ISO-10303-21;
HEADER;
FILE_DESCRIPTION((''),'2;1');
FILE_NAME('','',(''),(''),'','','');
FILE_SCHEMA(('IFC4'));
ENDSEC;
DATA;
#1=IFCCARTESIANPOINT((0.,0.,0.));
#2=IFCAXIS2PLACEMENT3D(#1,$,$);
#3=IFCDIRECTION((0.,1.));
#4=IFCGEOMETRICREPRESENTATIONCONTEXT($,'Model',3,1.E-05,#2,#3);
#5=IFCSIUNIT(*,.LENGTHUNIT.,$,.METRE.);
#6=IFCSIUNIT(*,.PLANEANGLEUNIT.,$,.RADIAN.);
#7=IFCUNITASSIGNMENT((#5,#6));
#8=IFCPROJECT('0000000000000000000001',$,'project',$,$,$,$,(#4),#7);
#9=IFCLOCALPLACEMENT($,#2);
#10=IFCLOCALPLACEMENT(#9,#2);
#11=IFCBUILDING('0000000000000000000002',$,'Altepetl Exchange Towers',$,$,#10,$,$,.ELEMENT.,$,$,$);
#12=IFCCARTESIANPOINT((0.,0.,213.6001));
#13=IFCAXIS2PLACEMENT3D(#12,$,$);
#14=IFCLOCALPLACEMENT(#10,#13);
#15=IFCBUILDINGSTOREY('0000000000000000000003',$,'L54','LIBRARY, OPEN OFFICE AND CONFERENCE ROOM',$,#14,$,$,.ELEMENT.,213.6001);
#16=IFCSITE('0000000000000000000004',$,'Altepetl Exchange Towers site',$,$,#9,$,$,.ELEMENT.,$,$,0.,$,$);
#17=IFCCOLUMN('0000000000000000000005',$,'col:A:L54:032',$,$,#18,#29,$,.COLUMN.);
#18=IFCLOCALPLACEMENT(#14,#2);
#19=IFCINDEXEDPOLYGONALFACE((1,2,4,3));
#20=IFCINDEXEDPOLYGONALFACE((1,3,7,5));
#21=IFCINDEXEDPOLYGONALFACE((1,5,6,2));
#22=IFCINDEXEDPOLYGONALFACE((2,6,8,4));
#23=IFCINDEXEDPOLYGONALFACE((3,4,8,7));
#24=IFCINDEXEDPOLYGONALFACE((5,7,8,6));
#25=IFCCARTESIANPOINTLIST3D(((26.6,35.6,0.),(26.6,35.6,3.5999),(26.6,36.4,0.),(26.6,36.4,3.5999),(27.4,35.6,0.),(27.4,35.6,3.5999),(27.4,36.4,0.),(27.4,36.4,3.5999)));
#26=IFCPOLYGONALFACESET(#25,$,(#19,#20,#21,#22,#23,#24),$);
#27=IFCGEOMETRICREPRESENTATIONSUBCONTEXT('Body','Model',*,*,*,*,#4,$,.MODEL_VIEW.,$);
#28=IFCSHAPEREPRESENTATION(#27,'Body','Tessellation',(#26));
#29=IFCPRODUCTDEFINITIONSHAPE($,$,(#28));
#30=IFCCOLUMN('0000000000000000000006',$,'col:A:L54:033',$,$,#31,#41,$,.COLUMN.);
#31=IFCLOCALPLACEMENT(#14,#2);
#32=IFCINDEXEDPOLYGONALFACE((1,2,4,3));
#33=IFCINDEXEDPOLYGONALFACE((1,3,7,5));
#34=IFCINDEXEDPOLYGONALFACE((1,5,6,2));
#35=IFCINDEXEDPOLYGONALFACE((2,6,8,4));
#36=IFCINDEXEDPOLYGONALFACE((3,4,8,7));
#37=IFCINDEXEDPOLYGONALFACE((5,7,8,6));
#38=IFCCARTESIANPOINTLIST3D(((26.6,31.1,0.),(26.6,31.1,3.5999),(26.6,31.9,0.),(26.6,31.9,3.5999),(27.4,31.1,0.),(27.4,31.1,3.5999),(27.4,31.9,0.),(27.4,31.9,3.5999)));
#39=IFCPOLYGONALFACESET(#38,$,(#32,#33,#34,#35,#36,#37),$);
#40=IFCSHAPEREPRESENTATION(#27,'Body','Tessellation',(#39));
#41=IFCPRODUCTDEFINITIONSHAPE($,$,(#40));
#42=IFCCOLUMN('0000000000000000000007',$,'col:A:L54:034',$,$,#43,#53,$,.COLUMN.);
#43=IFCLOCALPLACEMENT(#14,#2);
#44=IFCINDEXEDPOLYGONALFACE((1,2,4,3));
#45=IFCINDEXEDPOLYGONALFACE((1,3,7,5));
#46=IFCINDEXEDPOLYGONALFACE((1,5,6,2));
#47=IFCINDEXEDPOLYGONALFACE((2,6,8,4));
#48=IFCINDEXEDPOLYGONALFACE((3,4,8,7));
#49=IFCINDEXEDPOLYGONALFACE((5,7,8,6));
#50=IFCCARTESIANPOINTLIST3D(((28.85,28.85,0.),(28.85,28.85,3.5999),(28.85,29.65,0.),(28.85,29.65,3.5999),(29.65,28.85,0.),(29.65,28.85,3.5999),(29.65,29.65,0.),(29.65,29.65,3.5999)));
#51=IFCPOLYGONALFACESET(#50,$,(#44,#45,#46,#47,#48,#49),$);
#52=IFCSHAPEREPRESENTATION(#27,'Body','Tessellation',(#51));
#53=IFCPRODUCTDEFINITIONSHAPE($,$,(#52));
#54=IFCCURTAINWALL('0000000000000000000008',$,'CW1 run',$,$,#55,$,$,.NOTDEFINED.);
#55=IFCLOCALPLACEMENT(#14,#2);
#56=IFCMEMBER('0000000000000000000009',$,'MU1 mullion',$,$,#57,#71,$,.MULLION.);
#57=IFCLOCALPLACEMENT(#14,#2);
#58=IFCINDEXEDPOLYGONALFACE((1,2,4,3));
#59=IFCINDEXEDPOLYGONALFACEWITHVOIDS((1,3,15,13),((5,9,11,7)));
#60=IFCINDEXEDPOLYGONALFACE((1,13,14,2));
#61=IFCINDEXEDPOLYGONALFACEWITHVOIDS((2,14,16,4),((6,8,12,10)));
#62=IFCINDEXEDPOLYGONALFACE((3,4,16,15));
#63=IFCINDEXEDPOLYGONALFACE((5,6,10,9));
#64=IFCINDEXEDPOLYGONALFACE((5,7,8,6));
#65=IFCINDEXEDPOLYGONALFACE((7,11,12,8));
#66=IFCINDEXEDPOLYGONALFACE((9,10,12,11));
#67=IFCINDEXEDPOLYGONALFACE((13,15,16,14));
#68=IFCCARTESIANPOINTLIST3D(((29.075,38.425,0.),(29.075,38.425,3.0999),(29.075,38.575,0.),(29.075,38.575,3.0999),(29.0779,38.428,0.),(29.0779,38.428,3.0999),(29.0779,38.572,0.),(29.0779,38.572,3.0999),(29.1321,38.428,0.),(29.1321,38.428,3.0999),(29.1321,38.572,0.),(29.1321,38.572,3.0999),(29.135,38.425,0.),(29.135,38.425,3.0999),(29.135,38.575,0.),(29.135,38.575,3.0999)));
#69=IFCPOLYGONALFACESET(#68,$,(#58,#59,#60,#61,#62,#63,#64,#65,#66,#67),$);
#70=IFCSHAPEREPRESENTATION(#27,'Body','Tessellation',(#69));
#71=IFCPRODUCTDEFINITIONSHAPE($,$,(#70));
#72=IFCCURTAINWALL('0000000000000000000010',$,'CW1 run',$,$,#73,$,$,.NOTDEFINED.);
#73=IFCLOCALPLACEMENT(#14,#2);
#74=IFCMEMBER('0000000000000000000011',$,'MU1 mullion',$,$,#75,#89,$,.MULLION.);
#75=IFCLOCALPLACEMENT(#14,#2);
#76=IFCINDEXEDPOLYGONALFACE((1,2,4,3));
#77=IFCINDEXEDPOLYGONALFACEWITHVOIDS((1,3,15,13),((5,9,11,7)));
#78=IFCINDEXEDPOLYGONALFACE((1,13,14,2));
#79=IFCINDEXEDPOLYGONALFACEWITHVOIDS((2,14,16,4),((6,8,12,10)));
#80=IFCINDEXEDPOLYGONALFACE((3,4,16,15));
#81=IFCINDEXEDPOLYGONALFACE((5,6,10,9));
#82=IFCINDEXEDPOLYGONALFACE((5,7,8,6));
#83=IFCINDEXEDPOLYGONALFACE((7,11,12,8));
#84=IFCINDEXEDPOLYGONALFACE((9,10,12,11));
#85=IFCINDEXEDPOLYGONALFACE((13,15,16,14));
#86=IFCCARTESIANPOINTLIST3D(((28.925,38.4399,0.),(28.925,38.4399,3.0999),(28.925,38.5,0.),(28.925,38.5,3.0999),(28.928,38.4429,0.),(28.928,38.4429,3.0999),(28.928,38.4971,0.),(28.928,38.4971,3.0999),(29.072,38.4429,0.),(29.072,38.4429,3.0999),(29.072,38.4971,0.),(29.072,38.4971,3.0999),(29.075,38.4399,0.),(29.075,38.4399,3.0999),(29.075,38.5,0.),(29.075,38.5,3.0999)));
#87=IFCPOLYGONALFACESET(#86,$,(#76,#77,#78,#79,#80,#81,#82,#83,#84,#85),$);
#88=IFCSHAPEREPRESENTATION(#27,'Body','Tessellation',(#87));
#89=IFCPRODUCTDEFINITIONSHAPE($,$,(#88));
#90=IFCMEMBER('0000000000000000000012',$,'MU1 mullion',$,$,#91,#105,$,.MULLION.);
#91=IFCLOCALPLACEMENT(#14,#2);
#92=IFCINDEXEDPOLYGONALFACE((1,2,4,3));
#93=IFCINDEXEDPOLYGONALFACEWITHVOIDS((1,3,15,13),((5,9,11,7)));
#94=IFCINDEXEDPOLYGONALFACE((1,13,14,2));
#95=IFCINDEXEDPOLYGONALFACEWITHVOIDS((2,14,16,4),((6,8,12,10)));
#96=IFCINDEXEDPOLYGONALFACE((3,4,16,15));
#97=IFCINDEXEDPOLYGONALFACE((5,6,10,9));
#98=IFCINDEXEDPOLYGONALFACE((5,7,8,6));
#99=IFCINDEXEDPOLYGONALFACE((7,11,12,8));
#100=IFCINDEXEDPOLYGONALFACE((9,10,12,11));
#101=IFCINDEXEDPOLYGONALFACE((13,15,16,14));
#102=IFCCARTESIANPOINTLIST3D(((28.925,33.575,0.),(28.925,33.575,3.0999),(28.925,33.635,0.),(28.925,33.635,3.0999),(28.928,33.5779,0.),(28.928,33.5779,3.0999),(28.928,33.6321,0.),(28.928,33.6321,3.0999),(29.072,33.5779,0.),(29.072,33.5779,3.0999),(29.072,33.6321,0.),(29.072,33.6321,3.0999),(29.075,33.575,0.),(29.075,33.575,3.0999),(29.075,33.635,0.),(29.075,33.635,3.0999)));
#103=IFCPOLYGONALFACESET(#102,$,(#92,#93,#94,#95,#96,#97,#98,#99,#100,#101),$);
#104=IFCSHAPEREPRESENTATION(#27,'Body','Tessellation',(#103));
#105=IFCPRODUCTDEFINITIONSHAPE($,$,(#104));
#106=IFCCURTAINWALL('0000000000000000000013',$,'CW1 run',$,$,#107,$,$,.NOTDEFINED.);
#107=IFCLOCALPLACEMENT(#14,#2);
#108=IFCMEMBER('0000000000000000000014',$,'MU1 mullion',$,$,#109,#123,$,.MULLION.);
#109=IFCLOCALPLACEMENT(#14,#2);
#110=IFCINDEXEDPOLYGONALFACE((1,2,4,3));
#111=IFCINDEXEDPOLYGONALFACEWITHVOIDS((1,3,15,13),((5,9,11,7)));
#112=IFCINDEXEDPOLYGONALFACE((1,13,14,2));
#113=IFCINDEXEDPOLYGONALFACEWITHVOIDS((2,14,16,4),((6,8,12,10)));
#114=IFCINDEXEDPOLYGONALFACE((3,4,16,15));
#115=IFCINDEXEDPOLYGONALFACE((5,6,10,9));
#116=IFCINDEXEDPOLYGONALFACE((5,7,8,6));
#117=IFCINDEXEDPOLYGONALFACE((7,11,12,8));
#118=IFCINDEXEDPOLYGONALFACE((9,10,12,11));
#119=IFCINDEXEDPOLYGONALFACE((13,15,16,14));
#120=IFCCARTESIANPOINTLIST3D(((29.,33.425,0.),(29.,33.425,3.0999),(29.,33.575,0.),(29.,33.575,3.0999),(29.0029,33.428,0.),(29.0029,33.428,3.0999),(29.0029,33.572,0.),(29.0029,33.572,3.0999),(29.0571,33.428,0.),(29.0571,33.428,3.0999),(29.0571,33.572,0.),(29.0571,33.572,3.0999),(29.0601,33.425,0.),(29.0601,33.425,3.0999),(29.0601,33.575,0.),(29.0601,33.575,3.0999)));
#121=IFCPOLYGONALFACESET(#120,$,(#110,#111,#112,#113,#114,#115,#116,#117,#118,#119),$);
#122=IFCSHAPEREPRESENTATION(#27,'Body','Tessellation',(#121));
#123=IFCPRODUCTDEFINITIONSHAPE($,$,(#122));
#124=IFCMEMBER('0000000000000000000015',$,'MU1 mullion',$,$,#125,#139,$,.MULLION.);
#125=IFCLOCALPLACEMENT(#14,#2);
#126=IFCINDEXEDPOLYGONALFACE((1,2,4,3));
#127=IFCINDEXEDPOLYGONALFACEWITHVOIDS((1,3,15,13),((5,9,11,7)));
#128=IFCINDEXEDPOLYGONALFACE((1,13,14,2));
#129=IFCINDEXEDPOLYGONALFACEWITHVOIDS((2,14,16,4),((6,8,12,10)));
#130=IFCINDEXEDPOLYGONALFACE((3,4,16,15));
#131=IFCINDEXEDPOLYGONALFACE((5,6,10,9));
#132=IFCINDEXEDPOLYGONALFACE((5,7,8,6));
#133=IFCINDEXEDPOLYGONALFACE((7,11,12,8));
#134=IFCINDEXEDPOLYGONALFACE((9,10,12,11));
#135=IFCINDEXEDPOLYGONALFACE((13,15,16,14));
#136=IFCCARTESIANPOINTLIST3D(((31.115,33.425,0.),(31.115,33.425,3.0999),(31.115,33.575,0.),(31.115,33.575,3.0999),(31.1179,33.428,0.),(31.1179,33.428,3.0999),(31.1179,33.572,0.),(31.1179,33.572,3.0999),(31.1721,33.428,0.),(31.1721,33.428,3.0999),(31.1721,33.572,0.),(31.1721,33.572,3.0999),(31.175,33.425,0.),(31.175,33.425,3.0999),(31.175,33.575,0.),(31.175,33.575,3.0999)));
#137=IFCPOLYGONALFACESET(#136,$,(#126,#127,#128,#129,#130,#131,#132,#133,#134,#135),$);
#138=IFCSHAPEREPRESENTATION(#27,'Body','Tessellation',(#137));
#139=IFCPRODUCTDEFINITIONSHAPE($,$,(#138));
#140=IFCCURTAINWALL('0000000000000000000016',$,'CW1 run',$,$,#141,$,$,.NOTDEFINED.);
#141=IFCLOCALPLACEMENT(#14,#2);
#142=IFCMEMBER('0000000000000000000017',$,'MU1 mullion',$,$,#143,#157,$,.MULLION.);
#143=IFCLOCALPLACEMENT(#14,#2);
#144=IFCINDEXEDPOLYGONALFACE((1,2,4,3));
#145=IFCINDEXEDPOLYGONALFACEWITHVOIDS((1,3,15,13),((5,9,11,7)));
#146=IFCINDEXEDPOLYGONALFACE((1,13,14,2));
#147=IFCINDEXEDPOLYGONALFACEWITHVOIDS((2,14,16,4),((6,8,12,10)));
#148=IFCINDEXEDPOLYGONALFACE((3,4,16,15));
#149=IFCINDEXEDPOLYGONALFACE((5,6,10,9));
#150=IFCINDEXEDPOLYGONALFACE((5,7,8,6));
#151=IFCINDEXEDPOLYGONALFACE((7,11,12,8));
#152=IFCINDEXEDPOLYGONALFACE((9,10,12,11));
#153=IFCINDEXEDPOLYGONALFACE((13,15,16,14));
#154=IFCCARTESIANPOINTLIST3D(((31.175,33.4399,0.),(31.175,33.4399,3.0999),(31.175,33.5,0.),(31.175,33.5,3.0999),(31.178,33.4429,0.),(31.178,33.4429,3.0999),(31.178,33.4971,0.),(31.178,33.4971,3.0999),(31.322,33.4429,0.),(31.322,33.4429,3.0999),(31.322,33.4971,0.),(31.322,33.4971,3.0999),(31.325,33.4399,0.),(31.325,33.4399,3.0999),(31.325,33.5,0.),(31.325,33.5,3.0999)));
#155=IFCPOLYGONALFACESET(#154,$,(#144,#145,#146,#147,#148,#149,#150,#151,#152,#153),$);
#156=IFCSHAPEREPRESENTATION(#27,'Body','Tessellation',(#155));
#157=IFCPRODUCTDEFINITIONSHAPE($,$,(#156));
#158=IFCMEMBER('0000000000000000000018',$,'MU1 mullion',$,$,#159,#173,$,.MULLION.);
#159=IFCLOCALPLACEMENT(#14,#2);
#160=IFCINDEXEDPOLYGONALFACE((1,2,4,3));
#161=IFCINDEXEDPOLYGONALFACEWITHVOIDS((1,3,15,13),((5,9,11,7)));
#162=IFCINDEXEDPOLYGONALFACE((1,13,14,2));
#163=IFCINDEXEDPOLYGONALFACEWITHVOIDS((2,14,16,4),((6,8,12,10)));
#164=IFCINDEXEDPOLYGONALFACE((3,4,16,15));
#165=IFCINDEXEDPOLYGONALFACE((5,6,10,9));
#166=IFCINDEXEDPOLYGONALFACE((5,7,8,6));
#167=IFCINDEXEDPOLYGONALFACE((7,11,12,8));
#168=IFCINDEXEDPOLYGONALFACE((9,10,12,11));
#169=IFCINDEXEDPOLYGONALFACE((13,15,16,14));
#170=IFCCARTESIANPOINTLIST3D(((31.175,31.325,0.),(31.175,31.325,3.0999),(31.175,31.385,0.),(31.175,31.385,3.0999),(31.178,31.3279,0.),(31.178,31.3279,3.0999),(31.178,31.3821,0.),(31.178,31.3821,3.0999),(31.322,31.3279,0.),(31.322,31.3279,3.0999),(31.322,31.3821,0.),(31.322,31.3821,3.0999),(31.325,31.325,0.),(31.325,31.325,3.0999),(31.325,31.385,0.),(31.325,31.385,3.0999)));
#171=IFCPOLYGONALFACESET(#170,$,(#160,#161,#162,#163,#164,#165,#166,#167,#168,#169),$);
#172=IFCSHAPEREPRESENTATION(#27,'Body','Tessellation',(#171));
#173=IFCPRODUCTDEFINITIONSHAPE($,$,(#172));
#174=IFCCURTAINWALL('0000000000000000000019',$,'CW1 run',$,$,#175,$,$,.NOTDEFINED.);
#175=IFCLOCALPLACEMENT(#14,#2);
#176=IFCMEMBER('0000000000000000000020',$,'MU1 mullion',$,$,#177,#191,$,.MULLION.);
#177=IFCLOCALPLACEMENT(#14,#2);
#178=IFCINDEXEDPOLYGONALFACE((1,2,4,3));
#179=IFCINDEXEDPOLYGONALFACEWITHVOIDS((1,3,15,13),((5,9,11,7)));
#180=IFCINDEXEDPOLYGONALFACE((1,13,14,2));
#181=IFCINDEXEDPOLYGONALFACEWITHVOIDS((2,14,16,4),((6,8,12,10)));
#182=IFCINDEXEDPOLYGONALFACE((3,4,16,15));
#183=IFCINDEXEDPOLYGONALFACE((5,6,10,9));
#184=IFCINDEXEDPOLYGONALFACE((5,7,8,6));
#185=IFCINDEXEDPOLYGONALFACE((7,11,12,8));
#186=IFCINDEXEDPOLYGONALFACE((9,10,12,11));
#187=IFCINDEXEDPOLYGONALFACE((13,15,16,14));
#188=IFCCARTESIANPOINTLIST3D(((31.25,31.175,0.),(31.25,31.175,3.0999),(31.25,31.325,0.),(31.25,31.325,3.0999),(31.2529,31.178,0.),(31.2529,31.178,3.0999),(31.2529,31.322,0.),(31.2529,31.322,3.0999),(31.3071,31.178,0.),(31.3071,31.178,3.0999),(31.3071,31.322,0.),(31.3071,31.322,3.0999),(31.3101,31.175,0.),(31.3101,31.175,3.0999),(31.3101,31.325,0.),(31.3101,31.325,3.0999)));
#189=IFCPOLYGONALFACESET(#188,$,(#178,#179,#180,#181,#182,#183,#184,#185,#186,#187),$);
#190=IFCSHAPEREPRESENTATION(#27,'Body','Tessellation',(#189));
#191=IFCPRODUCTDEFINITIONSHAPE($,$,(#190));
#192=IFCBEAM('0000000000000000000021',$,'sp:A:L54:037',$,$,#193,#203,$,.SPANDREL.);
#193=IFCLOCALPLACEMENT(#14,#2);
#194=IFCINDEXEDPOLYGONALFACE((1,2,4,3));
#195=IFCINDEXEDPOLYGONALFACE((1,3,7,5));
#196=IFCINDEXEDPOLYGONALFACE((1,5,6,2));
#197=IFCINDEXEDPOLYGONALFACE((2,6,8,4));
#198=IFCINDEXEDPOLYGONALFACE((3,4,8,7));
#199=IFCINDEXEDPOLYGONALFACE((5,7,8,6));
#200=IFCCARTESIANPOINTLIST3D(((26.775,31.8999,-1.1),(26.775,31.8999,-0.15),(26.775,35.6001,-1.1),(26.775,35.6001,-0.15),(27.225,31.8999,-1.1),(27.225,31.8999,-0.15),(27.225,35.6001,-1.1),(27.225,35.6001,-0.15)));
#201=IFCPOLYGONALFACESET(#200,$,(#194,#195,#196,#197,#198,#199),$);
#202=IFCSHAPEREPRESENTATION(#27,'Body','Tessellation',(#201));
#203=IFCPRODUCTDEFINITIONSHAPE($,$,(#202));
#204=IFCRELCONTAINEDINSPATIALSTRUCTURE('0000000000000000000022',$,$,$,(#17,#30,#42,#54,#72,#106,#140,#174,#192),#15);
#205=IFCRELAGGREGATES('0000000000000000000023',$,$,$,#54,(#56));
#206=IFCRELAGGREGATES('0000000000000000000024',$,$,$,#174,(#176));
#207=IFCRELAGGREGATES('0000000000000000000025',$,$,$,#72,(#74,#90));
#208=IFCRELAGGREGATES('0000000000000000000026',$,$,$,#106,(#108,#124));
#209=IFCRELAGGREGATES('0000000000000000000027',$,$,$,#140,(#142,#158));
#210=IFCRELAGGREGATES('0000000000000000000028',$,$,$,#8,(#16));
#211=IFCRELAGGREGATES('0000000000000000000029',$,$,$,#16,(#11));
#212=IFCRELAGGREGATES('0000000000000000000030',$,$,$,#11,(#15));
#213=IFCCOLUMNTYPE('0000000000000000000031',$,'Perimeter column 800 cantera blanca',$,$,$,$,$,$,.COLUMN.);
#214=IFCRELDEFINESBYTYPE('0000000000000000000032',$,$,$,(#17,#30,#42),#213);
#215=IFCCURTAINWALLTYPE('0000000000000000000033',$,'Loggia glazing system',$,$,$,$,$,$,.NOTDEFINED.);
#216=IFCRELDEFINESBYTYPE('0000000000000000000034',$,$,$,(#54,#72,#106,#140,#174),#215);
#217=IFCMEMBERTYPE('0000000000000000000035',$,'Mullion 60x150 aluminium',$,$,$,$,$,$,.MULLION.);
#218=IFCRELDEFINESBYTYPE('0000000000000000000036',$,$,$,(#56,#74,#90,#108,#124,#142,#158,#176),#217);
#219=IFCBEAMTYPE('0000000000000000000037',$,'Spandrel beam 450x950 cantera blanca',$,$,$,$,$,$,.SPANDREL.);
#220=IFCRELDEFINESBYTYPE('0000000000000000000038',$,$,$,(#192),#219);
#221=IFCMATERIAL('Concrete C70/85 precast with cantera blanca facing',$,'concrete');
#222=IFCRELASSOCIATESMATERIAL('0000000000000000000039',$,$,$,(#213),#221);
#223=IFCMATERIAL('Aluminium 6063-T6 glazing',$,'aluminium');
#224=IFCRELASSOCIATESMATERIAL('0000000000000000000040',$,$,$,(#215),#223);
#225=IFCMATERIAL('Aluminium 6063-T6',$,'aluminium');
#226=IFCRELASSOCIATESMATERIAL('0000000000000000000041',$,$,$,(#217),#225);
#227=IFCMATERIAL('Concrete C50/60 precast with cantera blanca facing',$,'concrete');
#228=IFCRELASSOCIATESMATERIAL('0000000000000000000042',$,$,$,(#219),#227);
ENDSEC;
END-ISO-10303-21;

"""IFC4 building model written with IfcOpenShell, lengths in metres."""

from ifc_helpers import new_model, si_unit, direction, frame, origin, origin_2d, place, context, subcontext, project, spatial, rectangle, hollow_rectangle, extrude, material, material_profile, profile_set, type_object, element, aggregate, save


model = new_model("IFC4")

# Units and contexts
model_context = context("Model", 3, precision=1e-05, world=origin(), true_north=direction((0.0, 1.0)))
body_context = subcontext(model_context, "Body", "Model", "MODEL_VIEW")
ifc_project = project(units=[si_unit("LENGTHUNIT", "METRE"), si_unit("PLANEANGLEUNIT", "RADIAN")], contexts=[model_context])

# Site, building, storey
site_placement = place(None, origin())
site = spatial("IfcSite", under=ifc_project, at=site_placement, Name="Altepetl Exchange Towers site", CompositionType="ELEMENT", RefElevation=0.0)
building_placement = place(site_placement, origin())
building = spatial("IfcBuilding", under=site, at=building_placement, Name="Altepetl Exchange Towers", CompositionType="ELEMENT")
storey_placement = place(building_placement, frame((0.0, 0.0, 213.6001)))
storey = spatial("IfcBuildingStorey", under=building, at=storey_placement, Name="L54", Description="LIBRARY, OPEN OFFICE AND CONFERENCE ROOM", CompositionType="ELEMENT", Elevation=213.6001)

# Columns
ifc_material_1 = material(Name="Concrete C70/85 precast with cantera blanca facing", Category="concrete")
ifc_material_profile_1 = material_profile(ifc_material_1, rectangle(XDim=0.8, YDim=0.8, at=origin_2d()), Name="800 x 800")
ifc_profile_set_1 = profile_set([ifc_material_profile_1], Name="Concrete C70/85 precast with cantera blanca facing")
column_type = type_object("IfcColumnType", Name="Perimeter column 800 cantera blanca", PredefinedType="COLUMN", material=ifc_profile_set_1)
for number, where, name in (
    (1, (27.0, 36.0, 0.0), "col:A:L54:032"),
    (2, (27.0, 31.5, 0.0), "col:A:L54:033"),
    (3, (29.25, 29.25, 0.0), "col:A:L54:034"),
):
    element("IfcColumn", number, at=place(storey_placement, frame(where)), inside=storey, type_object=column_type, Name=name, PredefinedType="COLUMN", context=body_context, shape_type="SweptSolid", body=[
        extrude(rectangle(XDim=0.8, YDim=0.8, at=origin_2d()), origin(), (0.0, 0.0, 1.0), 3.5999),
    ])

# Curtain wall, member
ifc_material_2 = material(Name="Aluminium 6063-T6 glazing", Category="aluminium")
curtain_wall_type = type_object("IfcCurtainWallType", Name="Loggia glazing system", PredefinedType="NOTDEFINED", material=ifc_material_2)
curtain_wall_1_placement = place(storey_placement, origin())
curtain_wall_1 = element("IfcCurtainWall", 4, at=curtain_wall_1_placement, inside=storey, type_object=curtain_wall_type, Name="CW1 run", PredefinedType="NOTDEFINED")
ifc_material_3 = material(Name="Aluminium 6063-T6", Category="aluminium")
ifc_material_profile_2 = material_profile(ifc_material_3, hollow_rectangle(XDim=0.0601, YDim=0.1499, WallThickness=0.0029, at=origin_2d()), Name="Mullion 60x150 aluminium")
ifc_profile_set_2 = profile_set([ifc_material_profile_2], Name="Aluminium 6063-T6")
member_type = type_object("IfcMemberType", Name="Mullion 60x150 aluminium", PredefinedType="MULLION", material=ifc_profile_set_2)
member_1_placement = place(storey_placement, frame((29.105, 38.5, 0.0), z_axis=(0.0, 0.0, 1.0), x_axis=(-1.0, 0.0, 0.0)))
member_1 = element("IfcMember", 5, at=member_1_placement, type_object=member_type, Name="MU1 mullion", PredefinedType="MULLION", context=body_context, shape_type="SweptSolid", body=[
    extrude(hollow_rectangle(XDim=0.0601, YDim=0.1499, WallThickness=0.0029, at=origin_2d()), origin(), (0.0, 0.0, 1.0), 3.0999),
])
aggregate(curtain_wall_1, [member_1])

# Curtain walls, members
curtain_wall_2_placement = place(storey_placement, origin())
curtain_wall_2 = element("IfcCurtainWall", 6, at=curtain_wall_2_placement, inside=storey, type_object=curtain_wall_type, Name="CW1 run", PredefinedType="NOTDEFINED")
member_2_placement = place(storey_placement, frame((29.0, 38.47, 0.0), z_axis=(0.0, 0.0, 1.0), x_axis=(0.0, -1.0, 0.0)))
member_2 = element("IfcMember", 7, at=member_2_placement, type_object=member_type, Name="MU1 mullion", PredefinedType="MULLION", context=body_context, shape_type="SweptSolid", body=[
    extrude(hollow_rectangle(XDim=0.0601, YDim=0.1499, WallThickness=0.0029, at=origin_2d()), origin(), (0.0, 0.0, 1.0), 3.0999),
])
member_3_placement = place(storey_placement, frame((29.0, 33.605, 0.0), z_axis=(0.0, 0.0, 1.0), x_axis=(0.0, -1.0, 0.0)))
member_3 = element("IfcMember", 8, at=member_3_placement, type_object=member_type, Name="MU1 mullion", PredefinedType="MULLION", context=body_context, shape_type="SweptSolid", body=[
    extrude(hollow_rectangle(XDim=0.0601, YDim=0.1499, WallThickness=0.0029, at=origin_2d()), origin(), (0.0, 0.0, 1.0), 3.0999),
])
curtain_wall_3_placement = place(storey_placement, origin())
curtain_wall_3 = element("IfcCurtainWall", 9, at=curtain_wall_3_placement, inside=storey, type_object=curtain_wall_type, Name="CW1 run", PredefinedType="NOTDEFINED")
member_4_placement = place(storey_placement, frame((29.03, 33.5, 0.0)))
member_4 = element("IfcMember", 10, at=member_4_placement, type_object=member_type, Name="MU1 mullion", PredefinedType="MULLION", context=body_context, shape_type="SweptSolid", body=[
    extrude(hollow_rectangle(XDim=0.0601, YDim=0.1499, WallThickness=0.0029, at=origin_2d()), origin(), (0.0, 0.0, 1.0), 3.0999),
])
member_5_placement = place(storey_placement, frame((31.145, 33.5, 0.0)))
member_5 = element("IfcMember", 11, at=member_5_placement, type_object=member_type, Name="MU1 mullion", PredefinedType="MULLION", context=body_context, shape_type="SweptSolid", body=[
    extrude(hollow_rectangle(XDim=0.0601, YDim=0.1499, WallThickness=0.0029, at=origin_2d()), origin(), (0.0, 0.0, 1.0), 3.0999),
])
curtain_wall_4_placement = place(storey_placement, origin())
curtain_wall_4 = element("IfcCurtainWall", 12, at=curtain_wall_4_placement, inside=storey, type_object=curtain_wall_type, Name="CW1 run", PredefinedType="NOTDEFINED")
member_6_placement = place(storey_placement, frame((31.25, 33.47, 0.0), z_axis=(0.0, 0.0, 1.0), x_axis=(0.0, -1.0, 0.0)))
member_6 = element("IfcMember", 13, at=member_6_placement, type_object=member_type, Name="MU1 mullion", PredefinedType="MULLION", context=body_context, shape_type="SweptSolid", body=[
    extrude(hollow_rectangle(XDim=0.0601, YDim=0.1499, WallThickness=0.0029, at=origin_2d()), origin(), (0.0, 0.0, 1.0), 3.0999),
])
member_7_placement = place(storey_placement, frame((31.25, 31.355, 0.0), z_axis=(0.0, 0.0, 1.0), x_axis=(0.0, -1.0, 0.0)))
member_7 = element("IfcMember", 14, at=member_7_placement, type_object=member_type, Name="MU1 mullion", PredefinedType="MULLION", context=body_context, shape_type="SweptSolid", body=[
    extrude(hollow_rectangle(XDim=0.0601, YDim=0.1499, WallThickness=0.0029, at=origin_2d()), origin(), (0.0, 0.0, 1.0), 3.0999),
])

# Curtain wall, member
curtain_wall_5_placement = place(storey_placement, origin())
curtain_wall_5 = element("IfcCurtainWall", 15, at=curtain_wall_5_placement, inside=storey, type_object=curtain_wall_type, Name="CW1 run", PredefinedType="NOTDEFINED")
member_8_placement = place(storey_placement, frame((31.28, 31.25, 0.0)))
member_8 = element("IfcMember", 16, at=member_8_placement, type_object=member_type, Name="MU1 mullion", PredefinedType="MULLION", context=body_context, shape_type="SweptSolid", body=[
    extrude(hollow_rectangle(XDim=0.0601, YDim=0.1499, WallThickness=0.0029, at=origin_2d()), origin(), (0.0, 0.0, 1.0), 3.0999),
])
aggregate(curtain_wall_5, [member_8])

# Beam
ifc_material_4 = material(Name="Concrete C50/60 precast with cantera blanca facing", Category="concrete")
ifc_material_profile_3 = material_profile(ifc_material_4, rectangle(XDim=0.45, YDim=0.95, at=origin_2d()), Name="450 x 950")
ifc_profile_set_3 = profile_set([ifc_material_profile_3], Name="Concrete C50/60 precast with cantera blanca facing")
beam_type = type_object("IfcBeamType", Name="Spandrel beam 450x950 cantera blanca", PredefinedType="SPANDREL", material=ifc_profile_set_3)
beam_1_placement = place(storey_placement, frame((27.0, 35.6001, -0.625), z_axis=(0.0, -1.0, 0.0), x_axis=(1.0, 0.0, 0.0)))
element("IfcBeam", 17, at=beam_1_placement, inside=storey, type_object=beam_type, Name="sp:A:L54:037", PredefinedType="SPANDREL", context=body_context, shape_type="SweptSolid", body=[
    extrude(rectangle(XDim=0.45, YDim=0.95, at=origin_2d()), origin(), (0.0, 0.0, 1.0), 3.7002),
])

aggregate(curtain_wall_2, [member_2, member_3])
aggregate(curtain_wall_3, [member_4, member_5])
aggregate(curtain_wall_4, [member_6, member_7])

save(model, "model.ifc")
